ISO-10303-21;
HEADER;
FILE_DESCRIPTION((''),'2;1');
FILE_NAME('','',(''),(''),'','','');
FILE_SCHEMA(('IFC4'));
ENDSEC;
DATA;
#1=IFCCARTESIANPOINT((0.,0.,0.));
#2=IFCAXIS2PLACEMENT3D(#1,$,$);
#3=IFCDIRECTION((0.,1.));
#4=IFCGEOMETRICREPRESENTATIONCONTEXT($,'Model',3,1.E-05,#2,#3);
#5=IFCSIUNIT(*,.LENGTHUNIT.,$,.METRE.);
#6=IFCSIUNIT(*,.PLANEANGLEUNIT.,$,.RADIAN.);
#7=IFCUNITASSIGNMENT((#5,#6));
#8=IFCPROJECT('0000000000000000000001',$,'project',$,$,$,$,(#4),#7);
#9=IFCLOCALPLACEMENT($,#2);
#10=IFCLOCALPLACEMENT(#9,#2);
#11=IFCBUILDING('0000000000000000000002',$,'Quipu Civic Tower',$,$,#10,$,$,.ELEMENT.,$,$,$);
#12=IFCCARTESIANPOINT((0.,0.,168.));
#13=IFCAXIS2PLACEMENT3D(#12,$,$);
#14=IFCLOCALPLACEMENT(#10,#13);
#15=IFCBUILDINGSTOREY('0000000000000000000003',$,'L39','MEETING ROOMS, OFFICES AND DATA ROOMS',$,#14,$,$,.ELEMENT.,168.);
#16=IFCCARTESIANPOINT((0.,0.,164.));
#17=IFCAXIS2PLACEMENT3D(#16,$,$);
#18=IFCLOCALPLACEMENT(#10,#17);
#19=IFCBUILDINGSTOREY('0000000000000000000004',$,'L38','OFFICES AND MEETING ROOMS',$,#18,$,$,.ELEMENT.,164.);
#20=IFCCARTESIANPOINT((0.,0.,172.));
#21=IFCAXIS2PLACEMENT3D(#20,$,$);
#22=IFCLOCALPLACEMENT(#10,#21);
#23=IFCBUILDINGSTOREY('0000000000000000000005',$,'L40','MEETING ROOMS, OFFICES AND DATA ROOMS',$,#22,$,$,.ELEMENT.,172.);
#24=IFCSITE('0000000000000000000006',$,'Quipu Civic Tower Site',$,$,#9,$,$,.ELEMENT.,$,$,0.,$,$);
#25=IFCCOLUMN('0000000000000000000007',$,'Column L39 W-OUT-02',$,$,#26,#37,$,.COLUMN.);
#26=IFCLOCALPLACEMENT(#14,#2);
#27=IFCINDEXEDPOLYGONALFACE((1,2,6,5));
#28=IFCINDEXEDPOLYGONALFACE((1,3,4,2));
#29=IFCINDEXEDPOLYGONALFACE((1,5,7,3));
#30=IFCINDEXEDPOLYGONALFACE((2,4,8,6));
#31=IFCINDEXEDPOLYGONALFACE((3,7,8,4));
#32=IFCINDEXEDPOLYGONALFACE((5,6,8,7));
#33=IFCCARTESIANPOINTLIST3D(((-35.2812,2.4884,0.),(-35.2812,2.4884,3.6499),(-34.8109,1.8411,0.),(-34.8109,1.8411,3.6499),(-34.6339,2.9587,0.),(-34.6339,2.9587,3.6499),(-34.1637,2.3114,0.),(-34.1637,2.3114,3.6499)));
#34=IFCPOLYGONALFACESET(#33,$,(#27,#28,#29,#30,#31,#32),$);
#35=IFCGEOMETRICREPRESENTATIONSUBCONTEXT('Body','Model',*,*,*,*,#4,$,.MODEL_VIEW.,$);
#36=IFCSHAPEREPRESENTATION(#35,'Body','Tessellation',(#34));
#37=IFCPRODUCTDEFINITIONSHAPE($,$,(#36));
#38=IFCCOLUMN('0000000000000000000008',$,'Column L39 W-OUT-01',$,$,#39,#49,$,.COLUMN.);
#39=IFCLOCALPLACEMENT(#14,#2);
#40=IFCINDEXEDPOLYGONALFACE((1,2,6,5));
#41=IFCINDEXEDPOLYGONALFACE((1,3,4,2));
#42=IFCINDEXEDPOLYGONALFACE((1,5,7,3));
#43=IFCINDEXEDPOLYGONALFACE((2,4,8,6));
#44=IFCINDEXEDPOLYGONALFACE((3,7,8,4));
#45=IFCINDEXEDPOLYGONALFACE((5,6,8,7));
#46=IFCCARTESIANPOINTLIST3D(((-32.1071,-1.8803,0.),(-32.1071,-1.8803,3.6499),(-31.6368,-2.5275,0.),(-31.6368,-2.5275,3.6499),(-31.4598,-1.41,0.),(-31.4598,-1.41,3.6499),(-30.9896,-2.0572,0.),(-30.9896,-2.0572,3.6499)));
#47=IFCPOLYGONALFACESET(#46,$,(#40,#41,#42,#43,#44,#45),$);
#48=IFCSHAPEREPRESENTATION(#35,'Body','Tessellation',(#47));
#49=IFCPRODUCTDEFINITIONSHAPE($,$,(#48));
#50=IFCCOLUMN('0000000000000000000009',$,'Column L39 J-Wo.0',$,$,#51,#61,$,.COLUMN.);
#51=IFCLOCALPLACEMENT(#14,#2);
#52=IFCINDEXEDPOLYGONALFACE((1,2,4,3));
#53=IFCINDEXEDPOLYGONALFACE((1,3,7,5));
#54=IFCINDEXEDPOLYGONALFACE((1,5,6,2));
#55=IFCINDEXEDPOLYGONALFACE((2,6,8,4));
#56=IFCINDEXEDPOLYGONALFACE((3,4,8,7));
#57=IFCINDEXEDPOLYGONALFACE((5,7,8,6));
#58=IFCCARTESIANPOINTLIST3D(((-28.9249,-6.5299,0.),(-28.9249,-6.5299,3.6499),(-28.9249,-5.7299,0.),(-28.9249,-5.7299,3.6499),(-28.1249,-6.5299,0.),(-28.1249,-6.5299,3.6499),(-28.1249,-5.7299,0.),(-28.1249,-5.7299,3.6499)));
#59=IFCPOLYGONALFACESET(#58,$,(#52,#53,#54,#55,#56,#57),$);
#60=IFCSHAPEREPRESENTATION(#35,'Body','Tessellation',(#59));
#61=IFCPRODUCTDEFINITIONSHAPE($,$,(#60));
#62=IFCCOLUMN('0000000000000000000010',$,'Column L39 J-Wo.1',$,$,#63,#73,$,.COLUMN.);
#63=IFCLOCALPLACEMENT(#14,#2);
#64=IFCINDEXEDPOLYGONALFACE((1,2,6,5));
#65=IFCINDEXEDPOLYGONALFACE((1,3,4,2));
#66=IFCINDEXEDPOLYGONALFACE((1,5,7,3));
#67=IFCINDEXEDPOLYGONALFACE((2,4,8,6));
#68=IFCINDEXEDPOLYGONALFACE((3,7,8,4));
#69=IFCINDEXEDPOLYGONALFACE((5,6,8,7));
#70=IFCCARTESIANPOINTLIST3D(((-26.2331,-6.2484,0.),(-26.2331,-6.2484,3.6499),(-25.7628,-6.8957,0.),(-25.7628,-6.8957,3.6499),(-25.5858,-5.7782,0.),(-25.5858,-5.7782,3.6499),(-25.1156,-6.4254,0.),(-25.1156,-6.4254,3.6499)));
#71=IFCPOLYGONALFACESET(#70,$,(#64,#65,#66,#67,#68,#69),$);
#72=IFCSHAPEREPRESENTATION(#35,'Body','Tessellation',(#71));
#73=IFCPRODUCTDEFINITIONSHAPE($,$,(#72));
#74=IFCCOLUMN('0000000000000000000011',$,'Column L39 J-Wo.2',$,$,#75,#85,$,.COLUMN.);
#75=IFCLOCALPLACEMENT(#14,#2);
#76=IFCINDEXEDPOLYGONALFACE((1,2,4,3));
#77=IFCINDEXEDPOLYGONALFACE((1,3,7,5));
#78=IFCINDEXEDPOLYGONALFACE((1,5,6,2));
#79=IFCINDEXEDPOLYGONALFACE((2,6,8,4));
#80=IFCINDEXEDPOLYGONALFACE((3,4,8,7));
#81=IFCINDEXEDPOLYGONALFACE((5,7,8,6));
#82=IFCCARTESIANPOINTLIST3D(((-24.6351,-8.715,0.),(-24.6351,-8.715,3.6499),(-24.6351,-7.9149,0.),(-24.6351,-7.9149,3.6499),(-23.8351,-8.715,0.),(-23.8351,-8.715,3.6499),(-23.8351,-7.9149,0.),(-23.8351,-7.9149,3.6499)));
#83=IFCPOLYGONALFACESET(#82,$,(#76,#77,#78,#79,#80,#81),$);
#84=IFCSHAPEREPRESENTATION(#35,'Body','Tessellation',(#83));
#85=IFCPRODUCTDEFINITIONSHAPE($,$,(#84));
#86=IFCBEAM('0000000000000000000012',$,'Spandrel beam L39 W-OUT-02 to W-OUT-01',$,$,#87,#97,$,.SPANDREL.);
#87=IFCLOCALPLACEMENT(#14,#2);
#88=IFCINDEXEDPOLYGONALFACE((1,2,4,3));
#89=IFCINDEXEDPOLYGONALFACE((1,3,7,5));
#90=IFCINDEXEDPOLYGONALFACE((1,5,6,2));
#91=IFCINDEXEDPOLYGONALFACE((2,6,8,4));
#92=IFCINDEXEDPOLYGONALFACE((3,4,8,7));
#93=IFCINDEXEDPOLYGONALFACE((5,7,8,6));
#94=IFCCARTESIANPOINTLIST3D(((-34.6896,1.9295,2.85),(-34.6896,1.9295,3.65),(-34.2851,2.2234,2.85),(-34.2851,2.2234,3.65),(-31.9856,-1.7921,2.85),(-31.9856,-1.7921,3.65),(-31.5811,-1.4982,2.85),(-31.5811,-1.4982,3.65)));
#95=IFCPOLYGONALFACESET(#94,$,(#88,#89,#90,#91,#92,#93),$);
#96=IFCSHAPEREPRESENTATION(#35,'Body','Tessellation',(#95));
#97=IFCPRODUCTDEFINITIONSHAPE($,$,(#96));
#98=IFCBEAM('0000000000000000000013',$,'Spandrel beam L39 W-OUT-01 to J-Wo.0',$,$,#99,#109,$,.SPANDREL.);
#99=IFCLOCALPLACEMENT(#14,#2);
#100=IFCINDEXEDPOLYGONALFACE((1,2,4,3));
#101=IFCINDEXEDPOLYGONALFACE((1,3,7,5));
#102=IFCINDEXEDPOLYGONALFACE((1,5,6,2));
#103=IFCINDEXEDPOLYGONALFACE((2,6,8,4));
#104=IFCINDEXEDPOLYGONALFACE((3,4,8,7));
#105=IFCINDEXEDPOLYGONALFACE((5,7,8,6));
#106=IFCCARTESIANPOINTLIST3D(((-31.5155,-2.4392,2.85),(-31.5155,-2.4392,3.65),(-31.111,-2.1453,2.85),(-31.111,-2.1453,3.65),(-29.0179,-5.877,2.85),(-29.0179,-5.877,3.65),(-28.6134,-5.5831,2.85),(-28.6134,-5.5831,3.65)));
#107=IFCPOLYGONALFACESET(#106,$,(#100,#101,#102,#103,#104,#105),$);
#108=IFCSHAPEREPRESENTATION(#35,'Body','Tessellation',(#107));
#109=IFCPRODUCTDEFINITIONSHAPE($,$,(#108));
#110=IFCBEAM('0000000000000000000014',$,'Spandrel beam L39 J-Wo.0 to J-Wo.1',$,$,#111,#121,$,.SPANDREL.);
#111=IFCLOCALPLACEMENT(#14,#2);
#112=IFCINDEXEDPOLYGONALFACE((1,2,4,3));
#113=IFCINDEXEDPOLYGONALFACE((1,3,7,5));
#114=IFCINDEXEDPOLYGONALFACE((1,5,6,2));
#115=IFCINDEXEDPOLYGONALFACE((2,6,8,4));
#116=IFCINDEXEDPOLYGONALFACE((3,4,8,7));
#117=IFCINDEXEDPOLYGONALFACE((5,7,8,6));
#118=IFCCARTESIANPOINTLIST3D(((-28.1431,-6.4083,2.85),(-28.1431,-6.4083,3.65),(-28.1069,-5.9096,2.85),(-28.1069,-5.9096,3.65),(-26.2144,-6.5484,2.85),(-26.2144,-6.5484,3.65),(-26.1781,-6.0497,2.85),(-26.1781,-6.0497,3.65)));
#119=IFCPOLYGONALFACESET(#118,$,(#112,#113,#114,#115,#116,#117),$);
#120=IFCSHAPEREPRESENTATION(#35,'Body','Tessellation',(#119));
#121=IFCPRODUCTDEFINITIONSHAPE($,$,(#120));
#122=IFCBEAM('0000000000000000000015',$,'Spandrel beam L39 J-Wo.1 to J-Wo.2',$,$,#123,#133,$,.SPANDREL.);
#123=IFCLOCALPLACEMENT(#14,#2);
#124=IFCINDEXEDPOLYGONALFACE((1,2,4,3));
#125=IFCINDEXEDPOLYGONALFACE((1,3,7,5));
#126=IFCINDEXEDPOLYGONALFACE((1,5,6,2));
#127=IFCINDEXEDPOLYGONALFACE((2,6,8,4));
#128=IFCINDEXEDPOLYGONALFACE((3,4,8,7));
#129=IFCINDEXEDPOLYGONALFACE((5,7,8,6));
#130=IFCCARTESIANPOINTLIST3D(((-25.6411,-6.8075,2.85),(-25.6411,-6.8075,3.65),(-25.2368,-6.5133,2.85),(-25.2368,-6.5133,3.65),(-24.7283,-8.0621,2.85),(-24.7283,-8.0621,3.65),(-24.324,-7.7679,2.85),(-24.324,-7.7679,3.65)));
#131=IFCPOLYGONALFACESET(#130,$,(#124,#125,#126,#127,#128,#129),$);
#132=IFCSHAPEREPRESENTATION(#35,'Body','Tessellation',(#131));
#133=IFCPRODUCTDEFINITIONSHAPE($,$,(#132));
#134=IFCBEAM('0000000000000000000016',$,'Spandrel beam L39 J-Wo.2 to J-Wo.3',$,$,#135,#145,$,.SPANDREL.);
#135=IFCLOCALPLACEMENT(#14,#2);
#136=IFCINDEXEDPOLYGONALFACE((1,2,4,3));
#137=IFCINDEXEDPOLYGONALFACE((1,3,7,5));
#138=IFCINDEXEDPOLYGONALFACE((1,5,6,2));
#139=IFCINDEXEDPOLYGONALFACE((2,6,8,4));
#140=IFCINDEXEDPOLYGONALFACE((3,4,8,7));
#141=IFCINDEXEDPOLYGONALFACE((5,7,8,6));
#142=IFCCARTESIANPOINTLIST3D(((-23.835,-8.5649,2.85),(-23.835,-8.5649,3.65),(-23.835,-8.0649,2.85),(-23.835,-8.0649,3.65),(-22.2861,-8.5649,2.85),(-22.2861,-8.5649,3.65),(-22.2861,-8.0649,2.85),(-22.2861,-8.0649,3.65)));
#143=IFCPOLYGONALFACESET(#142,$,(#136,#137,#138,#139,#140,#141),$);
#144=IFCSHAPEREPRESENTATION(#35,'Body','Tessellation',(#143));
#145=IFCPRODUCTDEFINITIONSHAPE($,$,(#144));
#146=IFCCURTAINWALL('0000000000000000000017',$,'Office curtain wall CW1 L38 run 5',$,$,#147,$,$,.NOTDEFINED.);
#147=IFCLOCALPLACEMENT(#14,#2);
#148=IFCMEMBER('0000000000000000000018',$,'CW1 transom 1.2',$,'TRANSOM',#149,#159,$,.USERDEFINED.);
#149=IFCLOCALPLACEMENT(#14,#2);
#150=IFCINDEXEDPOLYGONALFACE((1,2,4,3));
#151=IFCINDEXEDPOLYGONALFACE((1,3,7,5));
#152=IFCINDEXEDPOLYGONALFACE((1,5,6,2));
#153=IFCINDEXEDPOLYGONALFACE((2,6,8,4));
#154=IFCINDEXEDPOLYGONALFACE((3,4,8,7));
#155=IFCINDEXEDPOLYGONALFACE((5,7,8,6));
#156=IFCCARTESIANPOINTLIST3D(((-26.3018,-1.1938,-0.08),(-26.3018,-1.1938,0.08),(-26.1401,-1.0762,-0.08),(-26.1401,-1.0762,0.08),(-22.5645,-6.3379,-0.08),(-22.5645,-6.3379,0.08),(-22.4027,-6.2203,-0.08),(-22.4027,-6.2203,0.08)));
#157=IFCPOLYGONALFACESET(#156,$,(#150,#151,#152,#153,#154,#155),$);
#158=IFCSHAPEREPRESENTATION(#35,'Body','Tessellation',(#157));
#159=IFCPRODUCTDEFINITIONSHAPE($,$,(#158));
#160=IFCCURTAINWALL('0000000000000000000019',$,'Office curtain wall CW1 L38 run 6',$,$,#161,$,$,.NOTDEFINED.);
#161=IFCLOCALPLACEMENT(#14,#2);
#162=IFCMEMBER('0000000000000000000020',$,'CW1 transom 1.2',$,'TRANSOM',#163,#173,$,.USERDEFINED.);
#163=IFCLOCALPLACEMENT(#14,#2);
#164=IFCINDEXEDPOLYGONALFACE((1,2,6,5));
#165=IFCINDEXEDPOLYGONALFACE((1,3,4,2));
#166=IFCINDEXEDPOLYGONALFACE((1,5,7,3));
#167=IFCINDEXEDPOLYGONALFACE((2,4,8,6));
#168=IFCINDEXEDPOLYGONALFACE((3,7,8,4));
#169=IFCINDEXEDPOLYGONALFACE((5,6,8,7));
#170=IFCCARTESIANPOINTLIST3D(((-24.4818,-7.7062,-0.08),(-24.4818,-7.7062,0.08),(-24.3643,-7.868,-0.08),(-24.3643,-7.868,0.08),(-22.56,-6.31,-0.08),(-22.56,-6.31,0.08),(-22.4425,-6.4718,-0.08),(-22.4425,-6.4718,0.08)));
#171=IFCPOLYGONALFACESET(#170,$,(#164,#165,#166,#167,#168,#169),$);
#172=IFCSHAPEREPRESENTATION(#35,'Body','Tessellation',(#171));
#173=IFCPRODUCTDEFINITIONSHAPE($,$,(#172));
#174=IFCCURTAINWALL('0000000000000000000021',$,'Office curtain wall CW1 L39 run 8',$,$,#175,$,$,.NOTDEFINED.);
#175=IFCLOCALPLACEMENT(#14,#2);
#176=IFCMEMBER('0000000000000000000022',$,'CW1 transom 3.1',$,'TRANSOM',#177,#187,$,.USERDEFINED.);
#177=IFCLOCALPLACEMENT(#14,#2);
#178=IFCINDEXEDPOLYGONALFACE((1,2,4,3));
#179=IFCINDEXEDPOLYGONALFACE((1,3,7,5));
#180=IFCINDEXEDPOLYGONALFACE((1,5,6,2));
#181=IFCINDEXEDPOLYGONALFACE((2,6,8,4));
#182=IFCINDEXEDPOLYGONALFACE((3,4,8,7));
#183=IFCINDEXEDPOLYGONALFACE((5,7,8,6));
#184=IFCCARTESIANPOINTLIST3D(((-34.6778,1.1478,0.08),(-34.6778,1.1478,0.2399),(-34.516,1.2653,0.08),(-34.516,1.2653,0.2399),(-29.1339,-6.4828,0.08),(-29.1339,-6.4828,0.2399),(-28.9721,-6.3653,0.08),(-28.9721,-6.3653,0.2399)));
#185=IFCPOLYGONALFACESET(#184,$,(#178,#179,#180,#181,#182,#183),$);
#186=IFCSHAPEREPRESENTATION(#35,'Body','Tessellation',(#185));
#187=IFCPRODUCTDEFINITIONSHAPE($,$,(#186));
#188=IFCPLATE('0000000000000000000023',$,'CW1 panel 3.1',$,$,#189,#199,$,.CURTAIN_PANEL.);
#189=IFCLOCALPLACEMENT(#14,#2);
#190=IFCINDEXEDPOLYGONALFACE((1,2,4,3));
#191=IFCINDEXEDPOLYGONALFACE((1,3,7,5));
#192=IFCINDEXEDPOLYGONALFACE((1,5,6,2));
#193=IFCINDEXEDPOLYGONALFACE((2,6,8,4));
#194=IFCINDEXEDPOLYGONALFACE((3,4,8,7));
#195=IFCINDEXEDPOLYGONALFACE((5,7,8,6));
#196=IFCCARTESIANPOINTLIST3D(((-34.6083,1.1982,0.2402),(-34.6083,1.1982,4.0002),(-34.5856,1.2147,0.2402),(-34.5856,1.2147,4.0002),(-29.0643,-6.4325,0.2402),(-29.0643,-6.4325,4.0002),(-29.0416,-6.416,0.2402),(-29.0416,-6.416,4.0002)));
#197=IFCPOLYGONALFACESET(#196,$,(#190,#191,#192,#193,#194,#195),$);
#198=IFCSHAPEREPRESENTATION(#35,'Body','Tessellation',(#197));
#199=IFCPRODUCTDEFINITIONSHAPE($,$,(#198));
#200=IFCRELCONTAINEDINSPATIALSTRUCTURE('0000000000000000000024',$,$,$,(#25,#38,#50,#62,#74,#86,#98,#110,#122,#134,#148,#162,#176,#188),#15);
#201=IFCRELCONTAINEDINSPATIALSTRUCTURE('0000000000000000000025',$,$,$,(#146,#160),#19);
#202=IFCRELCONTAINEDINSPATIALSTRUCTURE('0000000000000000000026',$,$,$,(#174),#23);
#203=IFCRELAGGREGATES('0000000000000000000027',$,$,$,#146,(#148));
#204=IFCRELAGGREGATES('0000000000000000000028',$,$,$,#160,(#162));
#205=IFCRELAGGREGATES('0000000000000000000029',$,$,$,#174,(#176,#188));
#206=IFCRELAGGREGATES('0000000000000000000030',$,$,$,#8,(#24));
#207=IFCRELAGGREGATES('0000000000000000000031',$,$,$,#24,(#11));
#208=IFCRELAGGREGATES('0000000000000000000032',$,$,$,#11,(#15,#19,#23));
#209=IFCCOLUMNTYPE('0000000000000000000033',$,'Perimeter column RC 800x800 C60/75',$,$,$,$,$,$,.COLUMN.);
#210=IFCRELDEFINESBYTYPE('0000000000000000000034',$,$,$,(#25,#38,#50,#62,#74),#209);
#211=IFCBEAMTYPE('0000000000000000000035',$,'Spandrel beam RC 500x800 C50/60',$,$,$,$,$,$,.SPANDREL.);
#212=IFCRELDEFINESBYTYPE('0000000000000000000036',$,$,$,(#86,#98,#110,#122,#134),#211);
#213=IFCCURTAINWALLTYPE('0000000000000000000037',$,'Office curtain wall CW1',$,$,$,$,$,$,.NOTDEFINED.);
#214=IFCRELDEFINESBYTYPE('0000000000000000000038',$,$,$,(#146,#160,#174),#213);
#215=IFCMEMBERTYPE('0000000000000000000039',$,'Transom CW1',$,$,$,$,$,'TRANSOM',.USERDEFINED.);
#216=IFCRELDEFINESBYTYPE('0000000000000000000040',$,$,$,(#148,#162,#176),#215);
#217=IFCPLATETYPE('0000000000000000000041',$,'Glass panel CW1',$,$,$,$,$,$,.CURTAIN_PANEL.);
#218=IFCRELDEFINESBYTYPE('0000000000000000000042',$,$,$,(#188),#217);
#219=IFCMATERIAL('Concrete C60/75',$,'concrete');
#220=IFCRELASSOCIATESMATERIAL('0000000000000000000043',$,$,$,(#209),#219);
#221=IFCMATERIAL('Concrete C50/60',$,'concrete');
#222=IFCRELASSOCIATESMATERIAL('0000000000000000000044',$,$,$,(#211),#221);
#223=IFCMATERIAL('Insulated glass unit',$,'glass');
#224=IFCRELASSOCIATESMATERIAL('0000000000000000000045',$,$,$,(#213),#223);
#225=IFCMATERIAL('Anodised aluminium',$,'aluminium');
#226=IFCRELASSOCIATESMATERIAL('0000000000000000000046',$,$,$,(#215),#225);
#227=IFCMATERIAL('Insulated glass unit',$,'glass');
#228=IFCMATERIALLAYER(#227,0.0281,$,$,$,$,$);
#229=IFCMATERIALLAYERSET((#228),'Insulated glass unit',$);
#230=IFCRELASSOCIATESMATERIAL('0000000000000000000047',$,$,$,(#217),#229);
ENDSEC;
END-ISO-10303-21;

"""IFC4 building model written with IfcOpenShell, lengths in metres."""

from ifc_helpers import new_model, si_unit, direction, frame, origin, origin_2d, place, context, subcontext, project, spatial, rectangle, extrude, material, layer, layer_set, material_profile, profile_set, type_object, element, aggregate, save


model = new_model("IFC4")

# Units and contexts
model_context = context("Model", 3, precision=1e-05, world=origin(), true_north=direction((0.0, 1.0)))
body_context = subcontext(model_context, "Body", "Model", "MODEL_VIEW")
ifc_project = project(units=[si_unit("LENGTHUNIT", "METRE"), si_unit("PLANEANGLEUNIT", "RADIAN")], contexts=[model_context])

# Site, building, storey
site_placement = place(None, origin())
site = spatial("IfcSite", under=ifc_project, at=site_placement, Name="Quipu Civic Tower Site", CompositionType="ELEMENT", RefElevation=0.0)
building_placement = place(site_placement, origin())
building = spatial("IfcBuilding", under=site, at=building_placement, Name="Quipu Civic Tower", CompositionType="ELEMENT")
storey_1_placement = place(building_placement, frame((0.0, 0.0, 168.0)))
storey_1 = spatial("IfcBuildingStorey", under=building, at=storey_1_placement, Name="L39", Description="MEETING ROOMS, OFFICES AND DATA ROOMS", CompositionType="ELEMENT", Elevation=168.0)

# Columns
ifc_material_1 = material(Name="Concrete C60/75", Category="concrete")
ifc_material_profile_1 = material_profile(ifc_material_1, rectangle(XDim=0.8, YDim=0.8, at=origin_2d()), Name="RC800x800")
ifc_profile_set_1 = profile_set([ifc_material_profile_1], Name="Concrete C60/75")
column_type = type_object("IfcColumnType", Name="Perimeter column RC 800x800 C60/75", PredefinedType="COLUMN", material=ifc_profile_set_1)
for number, where, z_axis, x_axis, name in (
    (1, (-34.7224, 2.3999, 0.0), (0.0, 0.0, 1.0), (0.587785, -0.809017, 0.0), "Column L39 W-OUT-02"),
    (2, (-31.5483, -1.9688, 0.0), (0.0, 0.0, 1.0), (0.587785, -0.809017, 0.0), "Column L39 W-OUT-01"),
    (3, (-28.5249, -6.1299, 0.0), (0.0, 0.0, 1.0), (1.0, 0.0, 0.0), "Column L39 J-Wo.0"),
    (4, (-25.6743, -6.3369, 0.0), (0.0, 0.0, 1.0), (0.587785, -0.809017, 0.0), "Column L39 J-Wo.1"),
    (5, (-24.2351, -8.3149, 0.0), (0.0, 0.0, 1.0), (1.0, 0.0, 0.0), "Column L39 J-Wo.2"),
):
    element("IfcColumn", number, at=place(storey_1_placement, frame(where, z_axis=z_axis, x_axis=x_axis)), inside=storey_1, type_object=column_type, Name=name, PredefinedType="COLUMN", context=body_context, shape_type="SweptSolid", body=[
        extrude(rectangle(XDim=0.8, YDim=0.8, at=origin_2d()), origin(), (0.0, 0.0, 1.0), 3.6499),
    ])

# Beams
ifc_material_2 = material(Name="Concrete C50/60", Category="concrete")
ifc_material_profile_2 = material_profile(ifc_material_2, rectangle(XDim=0.5, YDim=0.8, at=origin_2d()), Name="RC500x800")
ifc_profile_set_2 = profile_set([ifc_material_profile_2], Name="Concrete C50/60")
beam_type = type_object("IfcBeamType", Name="Spandrel beam RC 500x800 C50/60", PredefinedType="SPANDREL", material=ifc_profile_set_2)
beam_1_placement = place(storey_1_placement, frame((-34.4873, 2.0764, 3.25), z_axis=(0.587796, -0.809009, 0.0), x_axis=(0.809009, 0.587796, 0.0)))
element("IfcBeam", 6, at=beam_1_placement, inside=storey_1, type_object=beam_type, Name="Spandrel beam L39 W-OUT-02 to W-OUT-01", PredefinedType="SPANDREL", context=body_context, shape_type="SweptSolid", body=[
    extrude(rectangle(XDim=0.5, YDim=0.8, at=origin_2d()), origin(), (0.0, 0.0, 1.0), 4.6001),
])
beam_2_placement = place(storey_1_placement, frame((-31.3132, -2.2922, 3.25), z_axis=(0.587769, -0.809029, 0.0), x_axis=(0.809029, 0.587769, 0.0)))
element("IfcBeam", 7, at=beam_2_placement, inside=storey_1, type_object=beam_type, Name="Spandrel beam L39 W-OUT-01 to J-Wo.0", PredefinedType="SPANDREL", context=body_context, shape_type="SweptSolid", body=[
    extrude(rectangle(XDim=0.5, YDim=0.8, at=origin_2d()), origin(), (0.0, 0.0, 1.0), 4.2493),
])
beam_3_placement = place(storey_1_placement, frame((-28.125, -6.1589, 3.25), z_axis=(0.997371, -0.072467, 0.0), x_axis=(0.072467, 0.997371, 0.0)))
element("IfcBeam", 8, at=beam_3_placement, inside=storey_1, type_object=beam_type, Name="Spandrel beam L39 J-Wo.0 to J-Wo.1", PredefinedType="SPANDREL", context=body_context, shape_type="SweptSolid", body=[
    extrude(rectangle(XDim=0.5, YDim=0.8, at=origin_2d()), origin(), (0.0, 0.0, 1.0), 1.9338),
])
beam_4_placement = place(storey_1_placement, frame((-25.439, -6.6604, 3.25), z_axis=(0.588331, -0.80862, 0.0), x_axis=(0.80862, 0.588331, 0.0)))
element("IfcBeam", 9, at=beam_4_placement, inside=storey_1, type_object=beam_type, Name="Spandrel beam L39 J-Wo.1 to J-Wo.2", PredefinedType="SPANDREL", context=body_context, shape_type="SweptSolid", body=[
    extrude(rectangle(XDim=0.5, YDim=0.8, at=origin_2d()), origin(), (0.0, 0.0, 1.0), 1.5515),
])
beam_5_placement = place(storey_1_placement, frame((-23.835, -8.3149, 3.25), z_axis=(1.0, 0.0, 0.0), x_axis=(0.0, 1.0, 0.0)))
element("IfcBeam", 10, at=beam_5_placement, inside=storey_1, type_object=beam_type, Name="Spandrel beam L39 J-Wo.2 to J-Wo.3", PredefinedType="SPANDREL", context=body_context, shape_type="SweptSolid", body=[
    extrude(rectangle(XDim=0.5, YDim=0.8, at=origin_2d()), origin(), (0.0, 0.0, 1.0), 1.5488),
])

# Shared definitions
storey_2_placement = place(building_placement, frame((0.0, 0.0, 164.0)))
storey_2 = spatial("IfcBuildingStorey", under=building, at=storey_2_placement, Name="L38", Description="OFFICES AND MEETING ROOMS", CompositionType="ELEMENT", Elevation=164.0)

# Curtain walls, members
ifc_material_3 = material(Name="Insulated glass unit", Category="glass")
curtain_wall_type = type_object("IfcCurtainWallType", Name="Office curtain wall CW1", PredefinedType="NOTDEFINED", material=ifc_material_3)
curtain_wall_1_placement = place(storey_2_placement, origin())
curtain_wall_1 = element("IfcCurtainWall", 11, at=curtain_wall_1_placement, inside=storey_2, type_object=curtain_wall_type, Name="Office curtain wall CW1 L38 run 5", PredefinedType="NOTDEFINED")
ifc_material_4 = material(Name="Anodised aluminium", Category="aluminium")
ifc_material_profile_3 = material_profile(ifc_material_4, rectangle(XDim=0.2, YDim=0.1599, at=origin_2d()), Name="RECT 200x160")
ifc_profile_set_3 = profile_set([ifc_material_profile_3], Name="Anodised aluminium")
member_type = type_object("IfcMemberType", Name="Transom CW1", ElementType="TRANSOM", PredefinedType="USERDEFINED", material=ifc_profile_set_3)
member_1_placement = place(storey_1_placement, frame((-26.2209, -1.135, 0.0), z_axis=(0.587779, -0.809022, 0.0), x_axis=(0.809022, 0.587779, 0.0)))
member_1 = element("IfcMember", 12, at=member_1_placement, inside=storey_1, type_object=member_type, Name="CW1 transom 1.2", ObjectType="TRANSOM", PredefinedType="USERDEFINED", context=body_context, shape_type="SweptSolid", body=[
    extrude(rectangle(XDim=0.2, YDim=0.1599, at=origin_2d()), origin(), (0.0, 0.0, 1.0), 6.3584),
])
aggregate(curtain_wall_1, [member_1])
curtain_wall_2_placement = place(storey_2_placement, origin())
curtain_wall_2 = element("IfcCurtainWall", 13, at=curtain_wall_2_placement, inside=storey_2, type_object=curtain_wall_type, Name="Office curtain wall CW1 L38 run 6", PredefinedType="NOTDEFINED")
member_2_placement = place(storey_1_placement, frame((-22.5012, -6.3909, 0.0), z_axis=(-0.809034, -0.587762, 0.0), x_axis=(0.587762, -0.809034, 0.0)))
member_2 = element("IfcMember", 14, at=member_2_placement, inside=storey_1, type_object=member_type, Name="CW1 transom 1.2", ObjectType="TRANSOM", PredefinedType="USERDEFINED", context=body_context, shape_type="SweptSolid", body=[
    extrude(rectangle(XDim=0.2, YDim=0.1599, at=origin_2d()), origin(), (0.0, 0.0, 1.0), 2.3755),
])
aggregate(curtain_wall_2, [member_2])

# Shared definitions
storey_3_placement = place(building_placement, frame((0.0, 0.0, 172.0)))
storey_3 = spatial("IfcBuildingStorey", under=building, at=storey_3_placement, Name="L40", Description="MEETING ROOMS, OFFICES AND DATA ROOMS", CompositionType="ELEMENT", Elevation=172.0)

# Curtain wall, member, plate
curtain_wall_3_placement = place(storey_3_placement, origin())
curtain_wall_3 = element("IfcCurtainWall", 15, at=curtain_wall_3_placement, inside=storey_3, type_object=curtain_wall_type, Name="Office curtain wall CW1 L39 run 8", PredefinedType="NOTDEFINED")
member_3_placement = place(storey_1_placement, frame((-34.5969, 1.2065, 0.1599), z_axis=(0.587784, -0.809018, 0.0), x_axis=(0.809018, 0.587784, 0.0)))
member_3 = element("IfcMember", 16, at=member_3_placement, inside=storey_1, type_object=member_type, Name="CW1 transom 3.1", ObjectType="TRANSOM", PredefinedType="USERDEFINED", context=body_context, shape_type="SweptSolid", body=[
    extrude(rectangle(XDim=0.2, YDim=0.1599, at=origin_2d()), origin(), (0.0, 0.0, 1.0), 9.4319),
])
ifc_material_5 = material(Name="Insulated glass unit", Category="glass")
ifc_layer = layer(ifc_material_5, 0.0281)
ifc_layer_set = layer_set([ifc_layer], Name="Insulated glass unit")
plate_type_1 = type_object("IfcPlateType", Name="Glass panel CW1", PredefinedType="CURTAIN_PANEL", material=ifc_layer_set)
plate_placement = place(storey_1_placement, frame((-31.825, -2.6089, 0.2402), z_axis=(0.0, 0.0, 1.0), x_axis=(0.587786, -0.809017, 0.0)))
plate = element("IfcPlate", 17, at=plate_placement, inside=storey_1, type_object=plate_type_1, Name="CW1 panel 3.1", PredefinedType="CURTAIN_PANEL", context=body_context, shape_type="SweptSolid", body=[
    extrude(rectangle(XDim=9.4321, YDim=0.0281, at=origin_2d()), origin(), (0.0, 0.0, 1.0), 3.76),
])
aggregate(curtain_wall_3, [member_3, plate])

save(model, "model.ifc")
